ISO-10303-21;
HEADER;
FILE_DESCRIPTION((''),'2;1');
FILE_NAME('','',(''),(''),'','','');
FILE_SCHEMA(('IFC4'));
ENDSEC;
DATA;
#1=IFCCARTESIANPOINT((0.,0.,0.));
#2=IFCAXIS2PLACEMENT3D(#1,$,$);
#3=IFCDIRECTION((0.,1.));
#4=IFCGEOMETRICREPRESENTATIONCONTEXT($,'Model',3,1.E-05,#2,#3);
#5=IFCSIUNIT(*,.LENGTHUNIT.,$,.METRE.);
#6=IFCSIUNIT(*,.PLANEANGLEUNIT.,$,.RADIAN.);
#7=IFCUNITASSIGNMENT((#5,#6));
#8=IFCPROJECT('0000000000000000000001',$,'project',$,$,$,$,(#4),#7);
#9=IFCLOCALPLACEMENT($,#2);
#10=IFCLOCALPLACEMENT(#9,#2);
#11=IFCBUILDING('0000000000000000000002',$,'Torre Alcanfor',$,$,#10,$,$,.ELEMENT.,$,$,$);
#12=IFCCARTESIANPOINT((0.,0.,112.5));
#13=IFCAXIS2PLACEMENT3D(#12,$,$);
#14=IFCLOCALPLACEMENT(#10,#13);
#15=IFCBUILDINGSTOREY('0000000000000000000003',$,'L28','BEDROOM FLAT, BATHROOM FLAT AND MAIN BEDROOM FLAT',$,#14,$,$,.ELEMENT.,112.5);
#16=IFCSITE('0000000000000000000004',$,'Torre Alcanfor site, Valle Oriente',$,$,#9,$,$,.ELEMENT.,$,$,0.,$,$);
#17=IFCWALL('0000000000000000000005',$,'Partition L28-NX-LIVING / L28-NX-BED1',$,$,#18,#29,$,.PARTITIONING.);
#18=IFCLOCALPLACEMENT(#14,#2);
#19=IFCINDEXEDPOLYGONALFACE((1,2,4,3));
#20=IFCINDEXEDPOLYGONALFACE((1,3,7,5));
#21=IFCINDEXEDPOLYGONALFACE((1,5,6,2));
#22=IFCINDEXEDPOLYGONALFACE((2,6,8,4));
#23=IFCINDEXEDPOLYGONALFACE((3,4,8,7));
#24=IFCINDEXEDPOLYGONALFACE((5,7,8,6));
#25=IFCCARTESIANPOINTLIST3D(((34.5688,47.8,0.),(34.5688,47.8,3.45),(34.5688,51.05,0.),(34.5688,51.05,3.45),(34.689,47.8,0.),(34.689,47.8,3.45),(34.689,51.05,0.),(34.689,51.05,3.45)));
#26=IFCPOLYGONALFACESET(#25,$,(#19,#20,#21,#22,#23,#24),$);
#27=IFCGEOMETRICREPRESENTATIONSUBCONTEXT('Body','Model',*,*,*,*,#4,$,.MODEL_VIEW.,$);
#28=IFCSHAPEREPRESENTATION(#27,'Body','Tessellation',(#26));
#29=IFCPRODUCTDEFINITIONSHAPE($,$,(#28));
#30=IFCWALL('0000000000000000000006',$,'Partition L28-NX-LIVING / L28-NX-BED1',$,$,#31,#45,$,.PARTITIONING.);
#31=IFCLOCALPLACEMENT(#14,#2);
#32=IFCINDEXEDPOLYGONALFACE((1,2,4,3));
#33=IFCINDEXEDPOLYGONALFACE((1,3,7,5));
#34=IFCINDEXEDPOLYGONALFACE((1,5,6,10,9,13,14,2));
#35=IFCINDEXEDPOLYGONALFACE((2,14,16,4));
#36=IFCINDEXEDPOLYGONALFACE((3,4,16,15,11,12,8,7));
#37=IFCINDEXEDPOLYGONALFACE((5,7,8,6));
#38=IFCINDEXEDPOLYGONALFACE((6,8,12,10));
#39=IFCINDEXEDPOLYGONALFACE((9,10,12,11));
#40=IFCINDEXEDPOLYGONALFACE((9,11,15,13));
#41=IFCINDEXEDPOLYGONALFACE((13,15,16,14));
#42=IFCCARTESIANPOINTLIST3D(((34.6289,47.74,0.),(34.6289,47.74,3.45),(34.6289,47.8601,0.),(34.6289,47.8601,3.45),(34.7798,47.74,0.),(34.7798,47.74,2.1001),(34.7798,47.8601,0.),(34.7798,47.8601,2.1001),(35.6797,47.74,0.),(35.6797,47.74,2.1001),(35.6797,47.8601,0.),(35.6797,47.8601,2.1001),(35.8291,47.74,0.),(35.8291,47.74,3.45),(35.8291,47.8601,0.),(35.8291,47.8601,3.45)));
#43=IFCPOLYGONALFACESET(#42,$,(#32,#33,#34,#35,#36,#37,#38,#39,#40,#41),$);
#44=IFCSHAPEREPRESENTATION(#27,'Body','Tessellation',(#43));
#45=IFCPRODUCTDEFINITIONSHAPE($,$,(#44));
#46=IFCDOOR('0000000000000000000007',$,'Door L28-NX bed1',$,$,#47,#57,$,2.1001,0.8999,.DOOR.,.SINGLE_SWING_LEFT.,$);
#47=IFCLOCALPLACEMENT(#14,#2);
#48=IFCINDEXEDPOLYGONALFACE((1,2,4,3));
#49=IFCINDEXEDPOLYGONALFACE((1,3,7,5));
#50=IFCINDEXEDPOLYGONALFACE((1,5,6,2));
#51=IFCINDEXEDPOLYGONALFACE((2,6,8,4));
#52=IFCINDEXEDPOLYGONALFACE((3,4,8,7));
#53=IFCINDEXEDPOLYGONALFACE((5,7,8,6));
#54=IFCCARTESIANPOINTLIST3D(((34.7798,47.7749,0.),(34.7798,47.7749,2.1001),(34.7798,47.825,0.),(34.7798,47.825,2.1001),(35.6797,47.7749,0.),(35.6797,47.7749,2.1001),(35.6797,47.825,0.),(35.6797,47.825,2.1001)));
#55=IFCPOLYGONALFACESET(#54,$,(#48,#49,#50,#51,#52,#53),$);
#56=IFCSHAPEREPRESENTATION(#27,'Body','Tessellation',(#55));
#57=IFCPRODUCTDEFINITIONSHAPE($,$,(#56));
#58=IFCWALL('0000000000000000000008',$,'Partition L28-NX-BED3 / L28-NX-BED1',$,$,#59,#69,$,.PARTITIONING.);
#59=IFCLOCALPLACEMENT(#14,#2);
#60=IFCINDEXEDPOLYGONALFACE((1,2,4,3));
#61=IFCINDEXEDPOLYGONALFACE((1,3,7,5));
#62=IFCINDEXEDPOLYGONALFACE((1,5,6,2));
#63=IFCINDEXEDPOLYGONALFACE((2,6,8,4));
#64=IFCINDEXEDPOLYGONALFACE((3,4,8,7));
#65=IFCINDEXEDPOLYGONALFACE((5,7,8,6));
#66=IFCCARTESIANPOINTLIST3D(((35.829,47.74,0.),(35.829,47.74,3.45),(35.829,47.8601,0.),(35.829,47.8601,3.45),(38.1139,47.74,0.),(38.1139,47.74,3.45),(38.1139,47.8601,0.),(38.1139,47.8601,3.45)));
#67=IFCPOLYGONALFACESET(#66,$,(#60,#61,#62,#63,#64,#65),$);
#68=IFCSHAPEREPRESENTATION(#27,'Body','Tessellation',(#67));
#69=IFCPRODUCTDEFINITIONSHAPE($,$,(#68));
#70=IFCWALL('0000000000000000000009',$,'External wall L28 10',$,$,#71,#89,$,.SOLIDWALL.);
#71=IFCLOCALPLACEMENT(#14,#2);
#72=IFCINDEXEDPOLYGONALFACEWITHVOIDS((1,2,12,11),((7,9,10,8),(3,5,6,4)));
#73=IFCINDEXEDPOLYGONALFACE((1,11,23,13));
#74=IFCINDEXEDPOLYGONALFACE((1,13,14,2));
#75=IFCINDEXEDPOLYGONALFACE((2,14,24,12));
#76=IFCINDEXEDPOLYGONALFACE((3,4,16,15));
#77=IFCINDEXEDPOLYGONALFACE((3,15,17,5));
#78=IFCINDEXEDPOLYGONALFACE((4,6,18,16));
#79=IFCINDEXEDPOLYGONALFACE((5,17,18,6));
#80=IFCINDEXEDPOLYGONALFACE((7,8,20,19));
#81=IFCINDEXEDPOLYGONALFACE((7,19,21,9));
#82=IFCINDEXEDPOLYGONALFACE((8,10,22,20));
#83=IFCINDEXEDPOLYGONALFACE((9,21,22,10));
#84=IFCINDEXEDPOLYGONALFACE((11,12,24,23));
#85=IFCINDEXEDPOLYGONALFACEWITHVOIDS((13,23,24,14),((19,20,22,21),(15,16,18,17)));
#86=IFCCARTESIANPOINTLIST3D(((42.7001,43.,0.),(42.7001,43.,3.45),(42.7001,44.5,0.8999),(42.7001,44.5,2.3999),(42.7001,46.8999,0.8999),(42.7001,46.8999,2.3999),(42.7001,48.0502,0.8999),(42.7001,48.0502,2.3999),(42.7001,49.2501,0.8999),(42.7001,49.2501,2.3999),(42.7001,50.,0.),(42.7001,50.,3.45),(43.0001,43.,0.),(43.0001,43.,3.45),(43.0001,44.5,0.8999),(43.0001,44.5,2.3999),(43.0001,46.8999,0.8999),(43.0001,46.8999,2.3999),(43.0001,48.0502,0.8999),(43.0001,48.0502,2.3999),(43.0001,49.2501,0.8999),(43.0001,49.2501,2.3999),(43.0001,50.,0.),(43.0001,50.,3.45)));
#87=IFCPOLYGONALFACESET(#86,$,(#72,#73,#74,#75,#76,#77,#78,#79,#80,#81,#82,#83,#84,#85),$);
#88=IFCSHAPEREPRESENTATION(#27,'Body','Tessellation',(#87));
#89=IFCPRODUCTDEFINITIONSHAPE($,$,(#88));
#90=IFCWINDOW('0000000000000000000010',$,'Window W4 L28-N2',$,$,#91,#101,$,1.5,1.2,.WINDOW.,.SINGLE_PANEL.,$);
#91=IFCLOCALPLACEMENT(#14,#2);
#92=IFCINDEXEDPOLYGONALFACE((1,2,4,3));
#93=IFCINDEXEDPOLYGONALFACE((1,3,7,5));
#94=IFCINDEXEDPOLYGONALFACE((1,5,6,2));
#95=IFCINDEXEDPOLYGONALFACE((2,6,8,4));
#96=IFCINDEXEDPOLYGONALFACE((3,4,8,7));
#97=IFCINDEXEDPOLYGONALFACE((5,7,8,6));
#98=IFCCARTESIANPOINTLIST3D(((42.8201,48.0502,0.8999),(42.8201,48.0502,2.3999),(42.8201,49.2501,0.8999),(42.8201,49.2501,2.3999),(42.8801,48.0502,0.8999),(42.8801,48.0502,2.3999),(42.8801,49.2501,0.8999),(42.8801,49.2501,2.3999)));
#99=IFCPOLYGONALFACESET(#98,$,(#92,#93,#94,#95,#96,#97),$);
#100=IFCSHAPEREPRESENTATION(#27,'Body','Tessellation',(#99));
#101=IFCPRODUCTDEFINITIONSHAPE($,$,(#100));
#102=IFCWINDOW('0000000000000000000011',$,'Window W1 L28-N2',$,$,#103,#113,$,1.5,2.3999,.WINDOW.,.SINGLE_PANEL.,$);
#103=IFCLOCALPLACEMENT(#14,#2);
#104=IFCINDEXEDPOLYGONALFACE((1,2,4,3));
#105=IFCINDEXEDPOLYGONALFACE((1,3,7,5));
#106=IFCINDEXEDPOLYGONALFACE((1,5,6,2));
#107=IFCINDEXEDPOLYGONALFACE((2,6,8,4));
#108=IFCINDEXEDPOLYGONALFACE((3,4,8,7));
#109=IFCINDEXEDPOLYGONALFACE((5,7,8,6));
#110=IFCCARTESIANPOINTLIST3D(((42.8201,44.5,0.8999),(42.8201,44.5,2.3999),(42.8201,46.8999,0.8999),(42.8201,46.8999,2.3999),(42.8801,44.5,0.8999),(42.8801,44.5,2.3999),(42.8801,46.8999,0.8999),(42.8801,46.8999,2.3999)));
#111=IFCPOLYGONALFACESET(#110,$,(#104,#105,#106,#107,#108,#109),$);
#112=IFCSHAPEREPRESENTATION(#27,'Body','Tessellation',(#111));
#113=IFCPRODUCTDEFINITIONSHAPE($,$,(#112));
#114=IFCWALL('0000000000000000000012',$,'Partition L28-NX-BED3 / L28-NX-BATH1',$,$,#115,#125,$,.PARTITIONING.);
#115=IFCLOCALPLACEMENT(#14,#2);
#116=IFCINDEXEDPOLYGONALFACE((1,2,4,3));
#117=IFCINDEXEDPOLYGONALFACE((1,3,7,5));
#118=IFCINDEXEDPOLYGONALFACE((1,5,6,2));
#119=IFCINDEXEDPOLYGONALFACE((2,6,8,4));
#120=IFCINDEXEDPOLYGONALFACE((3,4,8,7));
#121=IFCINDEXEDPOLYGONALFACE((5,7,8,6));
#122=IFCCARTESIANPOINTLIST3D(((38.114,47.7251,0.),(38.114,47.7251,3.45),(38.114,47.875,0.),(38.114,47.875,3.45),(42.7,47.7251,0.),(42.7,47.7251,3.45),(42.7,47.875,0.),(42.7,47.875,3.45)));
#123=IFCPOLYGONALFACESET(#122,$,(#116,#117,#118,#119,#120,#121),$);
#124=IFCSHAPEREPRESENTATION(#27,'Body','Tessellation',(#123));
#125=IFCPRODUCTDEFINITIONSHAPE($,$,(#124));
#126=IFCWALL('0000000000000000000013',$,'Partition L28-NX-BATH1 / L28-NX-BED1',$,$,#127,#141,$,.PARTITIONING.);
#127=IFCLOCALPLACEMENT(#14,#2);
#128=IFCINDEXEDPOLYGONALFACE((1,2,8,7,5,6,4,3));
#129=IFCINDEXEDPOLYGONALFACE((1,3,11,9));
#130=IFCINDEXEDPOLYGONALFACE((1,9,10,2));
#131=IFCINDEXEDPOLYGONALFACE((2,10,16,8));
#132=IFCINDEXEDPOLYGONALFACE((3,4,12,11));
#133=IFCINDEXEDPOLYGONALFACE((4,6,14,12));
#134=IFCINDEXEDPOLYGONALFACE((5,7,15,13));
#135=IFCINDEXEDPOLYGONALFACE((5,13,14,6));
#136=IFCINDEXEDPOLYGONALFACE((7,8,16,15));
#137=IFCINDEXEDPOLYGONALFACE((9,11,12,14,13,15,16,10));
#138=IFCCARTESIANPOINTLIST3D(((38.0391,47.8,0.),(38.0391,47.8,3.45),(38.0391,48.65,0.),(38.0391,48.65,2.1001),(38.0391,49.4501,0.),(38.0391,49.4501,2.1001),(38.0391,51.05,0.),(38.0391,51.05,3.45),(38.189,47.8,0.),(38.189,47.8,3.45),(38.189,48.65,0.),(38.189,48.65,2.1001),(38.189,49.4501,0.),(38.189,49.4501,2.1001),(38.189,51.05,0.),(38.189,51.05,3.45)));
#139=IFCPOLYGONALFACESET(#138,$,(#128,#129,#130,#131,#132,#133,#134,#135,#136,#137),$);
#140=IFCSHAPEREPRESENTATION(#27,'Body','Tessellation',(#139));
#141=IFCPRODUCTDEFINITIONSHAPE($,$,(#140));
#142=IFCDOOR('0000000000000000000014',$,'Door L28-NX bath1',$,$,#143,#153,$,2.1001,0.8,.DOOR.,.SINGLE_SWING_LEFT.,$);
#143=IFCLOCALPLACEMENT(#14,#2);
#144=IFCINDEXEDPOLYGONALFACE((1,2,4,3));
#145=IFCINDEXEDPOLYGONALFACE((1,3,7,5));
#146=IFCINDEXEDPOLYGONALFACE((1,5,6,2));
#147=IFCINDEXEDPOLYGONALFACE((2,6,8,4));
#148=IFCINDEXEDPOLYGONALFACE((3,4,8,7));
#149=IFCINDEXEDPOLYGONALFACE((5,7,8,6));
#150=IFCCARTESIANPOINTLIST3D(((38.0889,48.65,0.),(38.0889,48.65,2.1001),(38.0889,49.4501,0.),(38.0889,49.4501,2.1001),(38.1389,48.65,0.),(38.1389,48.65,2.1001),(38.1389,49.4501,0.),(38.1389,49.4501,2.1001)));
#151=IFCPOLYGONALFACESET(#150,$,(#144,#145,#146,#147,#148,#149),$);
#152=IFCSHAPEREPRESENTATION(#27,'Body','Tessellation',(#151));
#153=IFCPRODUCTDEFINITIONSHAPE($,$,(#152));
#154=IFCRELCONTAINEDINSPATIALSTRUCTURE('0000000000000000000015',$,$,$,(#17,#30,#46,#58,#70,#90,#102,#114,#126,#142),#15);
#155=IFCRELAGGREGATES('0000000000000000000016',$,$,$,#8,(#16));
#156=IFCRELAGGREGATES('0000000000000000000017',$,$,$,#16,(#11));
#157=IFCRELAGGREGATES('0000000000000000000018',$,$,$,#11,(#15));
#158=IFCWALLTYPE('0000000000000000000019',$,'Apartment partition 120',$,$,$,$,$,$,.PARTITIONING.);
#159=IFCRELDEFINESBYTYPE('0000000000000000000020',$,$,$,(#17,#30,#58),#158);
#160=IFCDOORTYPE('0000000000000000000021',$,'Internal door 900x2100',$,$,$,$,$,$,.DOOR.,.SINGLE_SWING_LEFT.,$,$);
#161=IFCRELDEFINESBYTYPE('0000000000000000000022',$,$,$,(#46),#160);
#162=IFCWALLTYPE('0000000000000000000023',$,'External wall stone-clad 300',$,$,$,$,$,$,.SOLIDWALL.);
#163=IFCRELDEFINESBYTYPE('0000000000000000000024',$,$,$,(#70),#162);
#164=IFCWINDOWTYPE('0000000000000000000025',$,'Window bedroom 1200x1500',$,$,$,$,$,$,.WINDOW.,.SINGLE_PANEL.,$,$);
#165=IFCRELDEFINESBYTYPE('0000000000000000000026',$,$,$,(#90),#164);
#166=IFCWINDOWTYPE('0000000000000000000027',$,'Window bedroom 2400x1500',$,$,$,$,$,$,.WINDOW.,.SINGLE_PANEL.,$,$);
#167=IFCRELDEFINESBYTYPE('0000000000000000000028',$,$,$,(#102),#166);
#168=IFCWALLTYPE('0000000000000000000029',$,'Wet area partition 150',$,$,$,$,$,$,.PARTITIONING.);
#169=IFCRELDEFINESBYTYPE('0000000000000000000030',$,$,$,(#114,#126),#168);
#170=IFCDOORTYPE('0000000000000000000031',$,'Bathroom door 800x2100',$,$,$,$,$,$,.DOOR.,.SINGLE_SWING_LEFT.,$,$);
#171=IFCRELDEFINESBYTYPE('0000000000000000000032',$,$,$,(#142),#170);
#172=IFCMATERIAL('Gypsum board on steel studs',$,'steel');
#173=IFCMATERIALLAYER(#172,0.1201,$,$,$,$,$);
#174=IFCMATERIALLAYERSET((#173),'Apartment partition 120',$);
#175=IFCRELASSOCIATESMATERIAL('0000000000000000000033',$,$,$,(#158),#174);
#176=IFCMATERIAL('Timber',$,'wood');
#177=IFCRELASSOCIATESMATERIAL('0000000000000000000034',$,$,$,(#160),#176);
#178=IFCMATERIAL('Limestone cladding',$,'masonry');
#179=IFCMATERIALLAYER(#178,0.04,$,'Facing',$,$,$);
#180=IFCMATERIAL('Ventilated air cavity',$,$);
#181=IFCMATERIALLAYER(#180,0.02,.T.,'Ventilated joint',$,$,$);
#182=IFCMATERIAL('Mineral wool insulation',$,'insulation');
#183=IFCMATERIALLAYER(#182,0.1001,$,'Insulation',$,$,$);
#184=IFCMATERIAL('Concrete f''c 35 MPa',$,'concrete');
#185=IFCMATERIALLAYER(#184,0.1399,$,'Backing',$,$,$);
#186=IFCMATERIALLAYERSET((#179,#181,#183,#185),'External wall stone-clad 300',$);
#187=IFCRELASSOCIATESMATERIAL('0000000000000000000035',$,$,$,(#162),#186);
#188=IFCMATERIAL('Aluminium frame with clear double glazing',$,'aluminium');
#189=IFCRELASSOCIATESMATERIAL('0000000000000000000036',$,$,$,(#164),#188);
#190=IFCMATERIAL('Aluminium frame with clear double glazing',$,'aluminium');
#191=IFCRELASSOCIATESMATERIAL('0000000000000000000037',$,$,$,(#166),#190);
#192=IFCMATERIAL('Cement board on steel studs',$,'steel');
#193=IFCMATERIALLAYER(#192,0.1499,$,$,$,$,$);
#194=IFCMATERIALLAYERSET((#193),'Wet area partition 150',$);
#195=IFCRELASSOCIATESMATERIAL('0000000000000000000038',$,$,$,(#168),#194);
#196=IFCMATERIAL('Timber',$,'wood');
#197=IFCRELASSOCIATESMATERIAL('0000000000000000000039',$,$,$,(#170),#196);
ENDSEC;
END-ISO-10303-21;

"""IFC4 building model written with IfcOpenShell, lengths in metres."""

from ifc_helpers import new_model, si_unit, direction, frame, frame_2d, origin, place, context, subcontext, project, spatial, rectangle, extrude, material, layer, layer_set, type_object, element, fill, save


model = new_model("IFC4")

# Units and contexts
model_context = context("Model", 3, precision=1e-05, world=origin(), true_north=direction((0.0, 1.0)))
body_context = subcontext(model_context, "Body", "Model", "MODEL_VIEW")
ifc_project = project(units=[si_unit("LENGTHUNIT", "METRE"), si_unit("PLANEANGLEUNIT", "RADIAN")], contexts=[model_context])

# Site, building, storey
site_placement = place(None, origin())
site = spatial("IfcSite", under=ifc_project, at=site_placement, Name="Torre Alcanfor site, Valle Oriente", CompositionType="ELEMENT", RefElevation=0.0)
building_placement = place(site_placement, origin())
building = spatial("IfcBuilding", under=site, at=building_placement, Name="Torre Alcanfor", CompositionType="ELEMENT")
storey_placement = place(building_placement, frame((0.0, 0.0, 112.5)))
storey = spatial("IfcBuildingStorey", under=building, at=storey_placement, Name="L28", Description="BEDROOM FLAT, BATHROOM FLAT AND MAIN BEDROOM FLAT", CompositionType="ELEMENT", Elevation=112.5)

# Shared definitions
ifc_material_1 = material(Name="Gypsum board on steel studs", Category="steel")
ifc_layer_1 = layer(ifc_material_1, 0.1201)
ifc_layer_set_1 = layer_set([ifc_layer_1], Name="Apartment partition 120")
wall_type_1 = type_object("IfcWallType", Name="Apartment partition 120", PredefinedType="PARTITIONING", material=ifc_layer_set_1)
ifc_material_2 = material(Name="Timber", Category="wood")
door_type_1 = type_object("IfcDoorType", Name="Internal door 900x2100", OperationType="SINGLE_SWING_LEFT", PredefinedType="DOOR", material=ifc_material_2)

# Wall
wall_1_placement = place(storey_placement, frame((34.6289, 51.05, 0.0), z_axis=(0.0, 0.0, 1.0), x_axis=(0.0, -1.0, 0.0)))
element("IfcWall", 1, at=wall_1_placement, inside=storey, type_object=wall_type_1, Name="Partition L28-NX-LIVING / L28-NX-BED1", PredefinedType="PARTITIONING", context=body_context, shape_type="SweptSolid", body=[
    extrude(rectangle(XDim=3.25, YDim=0.1201, at=frame_2d((1.625, 0.0))), origin(), (0.0, 0.0, 1.0), 3.45),
])

# Wall, opening, door
wall_2_placement = place(storey_placement, frame((34.6289, 47.8, 0.0), z_axis=(0.0, 0.0, 1.0), x_axis=(1.0, 0.0, 0.0)))
wall_2 = element("IfcWall", 2, at=wall_2_placement, inside=storey, type_object=wall_type_1, Name="Partition L28-NX-LIVING / L28-NX-BED1", PredefinedType="PARTITIONING", context=body_context, shape_type="SweptSolid", body=[
    extrude(rectangle(XDim=1.2002, YDim=0.1201, at=frame_2d((0.6001, 0.0))), origin(), (0.0, 0.0, 1.0), 3.45),
])
opening_1_placement = place(wall_2_placement, frame((0.1509, 0.0, 0.0)))
opening_1 = element("IfcOpeningElement", 3, at=opening_1_placement, cuts=wall_2, PredefinedType="OPENING", context=body_context, shape_type="SweptSolid", body=[
    extrude(rectangle(XDim=0.8999, YDim=2.1001, at=frame_2d((0.45, 1.05))), frame((0.0, 0.0701, 0.0), z_axis=(0.0, -1.0, 0.0), x_axis=(1.0, 0.0, 0.0)), (0.0, 0.0, 1.0), 0.1401),
])
door_1_placement = place(opening_1_placement, origin())
door_1 = element("IfcDoor", 4, at=door_1_placement, inside=storey, type_object=door_type_1, Name="Door L28-NX bed1", OperationType="SINGLE_SWING_LEFT", OverallHeight=2.1001, OverallWidth=0.8999, PredefinedType="DOOR", context=body_context, shape_type="SweptSolid", body=[
    extrude(rectangle(XDim=0.8999, YDim=2.1001, at=frame_2d((0.45, 1.05))), frame((0.0, 0.0249, 0.0), z_axis=(0.0, -1.0, 0.0), x_axis=(1.0, 0.0, 0.0)), (0.0, 0.0, 1.0), 0.05),
])
fill(opening_1, door_1)

# Wall
wall_3_placement = place(storey_placement, frame((38.114, 47.8, 0.0), z_axis=(0.0, 0.0, 1.0), x_axis=(-1.0, 0.0, 0.0)))
element("IfcWall", 5, at=wall_3_placement, inside=storey, type_object=wall_type_1, Name="Partition L28-NX-BED3 / L28-NX-BED1", PredefinedType="PARTITIONING", context=body_context, shape_type="SweptSolid", body=[
    extrude(rectangle(XDim=2.2849, YDim=0.1201, at=frame_2d((1.1426, 0.0))), origin(), (0.0, 0.0, 1.0), 3.45),
])

# Wall, openings, windows
ifc_material_3 = material(Name="Limestone cladding", Category="masonry")
ifc_layer_2 = layer(ifc_material_3, 0.04, Name="Facing")
ifc_material_4 = material(Name="Ventilated air cavity")
ifc_layer_3 = layer(ifc_material_4, 0.02, ventilated=True, Name="Ventilated joint")
ifc_material_5 = material(Name="Mineral wool insulation", Category="insulation")
ifc_layer_4 = layer(ifc_material_5, 0.1001, Name="Insulation")
ifc_material_6 = material(Name="Concrete f'c 35 MPa", Category="concrete")
ifc_layer_5 = layer(ifc_material_6, 0.1399, Name="Backing")
ifc_layer_set_2 = layer_set([ifc_layer_2, ifc_layer_3, ifc_layer_4, ifc_layer_5], Name="External wall stone-clad 300")
wall_type_2 = type_object("IfcWallType", Name="External wall stone-clad 300", PredefinedType="SOLIDWALL", material=ifc_layer_set_2)
wall_4_placement = place(storey_placement, frame((42.8501, 43.0, 0.0), z_axis=(0.0, 0.0, 1.0), x_axis=(0.0, 1.0, 0.0)))
wall_4 = element("IfcWall", 6, at=wall_4_placement, inside=storey, type_object=wall_type_2, Name="External wall L28 10", PredefinedType="SOLIDWALL", context=body_context, shape_type="SweptSolid", body=[
    extrude(rectangle(XDim=7.0, YDim=0.3, at=frame_2d((3.5, 0.0))), origin(), (0.0, 0.0, 1.0), 3.45),
])
opening_2_placement = place(wall_4_placement, frame((1.5, 0.0, 0.8999)))
opening_2 = element("IfcOpeningElement", 7, at=opening_2_placement, cuts=wall_4, PredefinedType="OPENING", context=body_context, shape_type="SweptSolid", body=[
    extrude(rectangle(XDim=2.3999, YDim=1.5, at=frame_2d((1.2, 0.75))), frame((0.0, 0.1599, 0.0), z_axis=(0.0, -1.0, 0.0), x_axis=(1.0, 0.0, 0.0)), (0.0, 0.0, 1.0), 0.3201),
])
opening_3_placement = place(wall_4_placement, frame((5.05, 0.0, 0.8999)))
opening_3 = element("IfcOpeningElement", 8, at=opening_3_placement, cuts=wall_4, PredefinedType="OPENING", context=body_context, shape_type="SweptSolid", body=[
    extrude(rectangle(XDim=1.2, YDim=1.5, at=frame_2d((0.6001, 0.75))), frame((0.0, 0.1599, 0.0), z_axis=(0.0, -1.0, 0.0), x_axis=(1.0, 0.0, 0.0)), (0.0, 0.0, 1.0), 0.3201),
])
ifc_material_7 = material(Name="Aluminium frame with clear double glazing", Category="aluminium")
window_type_1 = type_object("IfcWindowType", Name="Window bedroom 1200x1500", PartitioningType="SINGLE_PANEL", PredefinedType="WINDOW", material=ifc_material_7)
window_1_placement = place(opening_3_placement, origin())
window_1 = element("IfcWindow", 9, at=window_1_placement, inside=storey, type_object=window_type_1, Name="Window W4 L28-N2", OverallHeight=1.5, OverallWidth=1.2, PartitioningType="SINGLE_PANEL", PredefinedType="WINDOW", context=body_context, shape_type="SweptSolid", body=[
    extrude(rectangle(XDim=1.2, YDim=1.5, at=frame_2d((0.6001, 0.75))), frame((0.0, 0.03, 0.0), z_axis=(0.0, -1.0, 0.0), x_axis=(1.0, 0.0, 0.0)), (0.0, 0.0, 1.0), 0.0601),
])
fill(opening_3, window_1)
ifc_material_8 = material(Name="Aluminium frame with clear double glazing", Category="aluminium")
window_type_2 = type_object("IfcWindowType", Name="Window bedroom 2400x1500", PartitioningType="SINGLE_PANEL", PredefinedType="WINDOW", material=ifc_material_8)
window_2_placement = place(opening_2_placement, origin())
window_2 = element("IfcWindow", 10, at=window_2_placement, inside=storey, type_object=window_type_2, Name="Window W1 L28-N2", OverallHeight=1.5, OverallWidth=2.3999, PartitioningType="SINGLE_PANEL", PredefinedType="WINDOW", context=body_context, shape_type="SweptSolid", body=[
    extrude(rectangle(XDim=2.3999, YDim=1.5, at=frame_2d((1.2, 0.75))), frame((0.0, 0.03, 0.0), z_axis=(0.0, -1.0, 0.0), x_axis=(1.0, 0.0, 0.0)), (0.0, 0.0, 1.0), 0.0601),
])
fill(opening_2, window_2)

# Wall
ifc_material_9 = material(Name="Cement board on steel studs", Category="steel")
ifc_layer_6 = layer(ifc_material_9, 0.1499)
ifc_layer_set_3 = layer_set([ifc_layer_6], Name="Wet area partition 150")
wall_type_3 = type_object("IfcWallType", Name="Wet area partition 150", PredefinedType="PARTITIONING", material=ifc_layer_set_3)
wall_5_placement = place(storey_placement, frame((42.7, 47.8, 0.0), z_axis=(0.0, 0.0, 1.0), x_axis=(-1.0, 0.0, 0.0)))
element("IfcWall", 11, at=wall_5_placement, inside=storey, type_object=wall_type_3, Name="Partition L28-NX-BED3 / L28-NX-BATH1", PredefinedType="PARTITIONING", context=body_context, shape_type="SweptSolid", body=[
    extrude(rectangle(XDim=4.5859, YDim=0.1499, at=frame_2d((2.293, 0.0))), origin(), (0.0, 0.0, 1.0), 3.45),
])

# Wall, opening, door
wall_6_placement = place(storey_placement, frame((38.114, 51.05, 0.0), z_axis=(0.0, 0.0, 1.0), x_axis=(0.0, -1.0, 0.0)))
wall_6 = element("IfcWall", 12, at=wall_6_placement, inside=storey, type_object=wall_type_3, Name="Partition L28-NX-BATH1 / L28-NX-BED1", PredefinedType="PARTITIONING", context=body_context, shape_type="SweptSolid", body=[
    extrude(rectangle(XDim=3.25, YDim=0.1499, at=frame_2d((1.625, 0.0))), origin(), (0.0, 0.0, 1.0), 3.45),
])
opening_4_placement = place(wall_6_placement, frame((1.6001, 0.0, 0.0)))
opening_4 = element("IfcOpeningElement", 13, at=opening_4_placement, cuts=wall_6, PredefinedType="OPENING", context=body_context, shape_type="SweptSolid", body=[
    extrude(rectangle(XDim=0.8, YDim=2.1001, at=frame_2d((0.3999, 1.05))), frame((0.0, 0.085, 0.0), z_axis=(0.0, -1.0, 0.0), x_axis=(1.0, 0.0, 0.0)), (0.0, 0.0, 1.0), 0.1699),
])
ifc_material_10 = material(Name="Timber", Category="wood")
door_type_2 = type_object("IfcDoorType", Name="Bathroom door 800x2100", OperationType="SINGLE_SWING_LEFT", PredefinedType="DOOR", material=ifc_material_10)
door_2_placement = place(opening_4_placement, frame((0.8, 0.0, 0.0), z_axis=(0.0, 0.0, 1.0), x_axis=(-1.0, 0.0, 0.0)))
door_2 = element("IfcDoor", 14, at=door_2_placement, inside=storey, type_object=door_type_2, Name="Door L28-NX bath1", OperationType="SINGLE_SWING_LEFT", OverallHeight=2.1001, OverallWidth=0.8, PredefinedType="DOOR", context=body_context, shape_type="SweptSolid", body=[
    extrude(rectangle(XDim=0.8, YDim=2.1001, at=frame_2d((0.4001, 1.05))), frame((0.0, 0.0251, 0.0), z_axis=(0.0, -1.0, 0.0), x_axis=(1.0, 0.0, 0.0)), (0.0, 0.0, 1.0), 0.05),
])
fill(opening_4, door_2)

save(model, "model.ifc")
